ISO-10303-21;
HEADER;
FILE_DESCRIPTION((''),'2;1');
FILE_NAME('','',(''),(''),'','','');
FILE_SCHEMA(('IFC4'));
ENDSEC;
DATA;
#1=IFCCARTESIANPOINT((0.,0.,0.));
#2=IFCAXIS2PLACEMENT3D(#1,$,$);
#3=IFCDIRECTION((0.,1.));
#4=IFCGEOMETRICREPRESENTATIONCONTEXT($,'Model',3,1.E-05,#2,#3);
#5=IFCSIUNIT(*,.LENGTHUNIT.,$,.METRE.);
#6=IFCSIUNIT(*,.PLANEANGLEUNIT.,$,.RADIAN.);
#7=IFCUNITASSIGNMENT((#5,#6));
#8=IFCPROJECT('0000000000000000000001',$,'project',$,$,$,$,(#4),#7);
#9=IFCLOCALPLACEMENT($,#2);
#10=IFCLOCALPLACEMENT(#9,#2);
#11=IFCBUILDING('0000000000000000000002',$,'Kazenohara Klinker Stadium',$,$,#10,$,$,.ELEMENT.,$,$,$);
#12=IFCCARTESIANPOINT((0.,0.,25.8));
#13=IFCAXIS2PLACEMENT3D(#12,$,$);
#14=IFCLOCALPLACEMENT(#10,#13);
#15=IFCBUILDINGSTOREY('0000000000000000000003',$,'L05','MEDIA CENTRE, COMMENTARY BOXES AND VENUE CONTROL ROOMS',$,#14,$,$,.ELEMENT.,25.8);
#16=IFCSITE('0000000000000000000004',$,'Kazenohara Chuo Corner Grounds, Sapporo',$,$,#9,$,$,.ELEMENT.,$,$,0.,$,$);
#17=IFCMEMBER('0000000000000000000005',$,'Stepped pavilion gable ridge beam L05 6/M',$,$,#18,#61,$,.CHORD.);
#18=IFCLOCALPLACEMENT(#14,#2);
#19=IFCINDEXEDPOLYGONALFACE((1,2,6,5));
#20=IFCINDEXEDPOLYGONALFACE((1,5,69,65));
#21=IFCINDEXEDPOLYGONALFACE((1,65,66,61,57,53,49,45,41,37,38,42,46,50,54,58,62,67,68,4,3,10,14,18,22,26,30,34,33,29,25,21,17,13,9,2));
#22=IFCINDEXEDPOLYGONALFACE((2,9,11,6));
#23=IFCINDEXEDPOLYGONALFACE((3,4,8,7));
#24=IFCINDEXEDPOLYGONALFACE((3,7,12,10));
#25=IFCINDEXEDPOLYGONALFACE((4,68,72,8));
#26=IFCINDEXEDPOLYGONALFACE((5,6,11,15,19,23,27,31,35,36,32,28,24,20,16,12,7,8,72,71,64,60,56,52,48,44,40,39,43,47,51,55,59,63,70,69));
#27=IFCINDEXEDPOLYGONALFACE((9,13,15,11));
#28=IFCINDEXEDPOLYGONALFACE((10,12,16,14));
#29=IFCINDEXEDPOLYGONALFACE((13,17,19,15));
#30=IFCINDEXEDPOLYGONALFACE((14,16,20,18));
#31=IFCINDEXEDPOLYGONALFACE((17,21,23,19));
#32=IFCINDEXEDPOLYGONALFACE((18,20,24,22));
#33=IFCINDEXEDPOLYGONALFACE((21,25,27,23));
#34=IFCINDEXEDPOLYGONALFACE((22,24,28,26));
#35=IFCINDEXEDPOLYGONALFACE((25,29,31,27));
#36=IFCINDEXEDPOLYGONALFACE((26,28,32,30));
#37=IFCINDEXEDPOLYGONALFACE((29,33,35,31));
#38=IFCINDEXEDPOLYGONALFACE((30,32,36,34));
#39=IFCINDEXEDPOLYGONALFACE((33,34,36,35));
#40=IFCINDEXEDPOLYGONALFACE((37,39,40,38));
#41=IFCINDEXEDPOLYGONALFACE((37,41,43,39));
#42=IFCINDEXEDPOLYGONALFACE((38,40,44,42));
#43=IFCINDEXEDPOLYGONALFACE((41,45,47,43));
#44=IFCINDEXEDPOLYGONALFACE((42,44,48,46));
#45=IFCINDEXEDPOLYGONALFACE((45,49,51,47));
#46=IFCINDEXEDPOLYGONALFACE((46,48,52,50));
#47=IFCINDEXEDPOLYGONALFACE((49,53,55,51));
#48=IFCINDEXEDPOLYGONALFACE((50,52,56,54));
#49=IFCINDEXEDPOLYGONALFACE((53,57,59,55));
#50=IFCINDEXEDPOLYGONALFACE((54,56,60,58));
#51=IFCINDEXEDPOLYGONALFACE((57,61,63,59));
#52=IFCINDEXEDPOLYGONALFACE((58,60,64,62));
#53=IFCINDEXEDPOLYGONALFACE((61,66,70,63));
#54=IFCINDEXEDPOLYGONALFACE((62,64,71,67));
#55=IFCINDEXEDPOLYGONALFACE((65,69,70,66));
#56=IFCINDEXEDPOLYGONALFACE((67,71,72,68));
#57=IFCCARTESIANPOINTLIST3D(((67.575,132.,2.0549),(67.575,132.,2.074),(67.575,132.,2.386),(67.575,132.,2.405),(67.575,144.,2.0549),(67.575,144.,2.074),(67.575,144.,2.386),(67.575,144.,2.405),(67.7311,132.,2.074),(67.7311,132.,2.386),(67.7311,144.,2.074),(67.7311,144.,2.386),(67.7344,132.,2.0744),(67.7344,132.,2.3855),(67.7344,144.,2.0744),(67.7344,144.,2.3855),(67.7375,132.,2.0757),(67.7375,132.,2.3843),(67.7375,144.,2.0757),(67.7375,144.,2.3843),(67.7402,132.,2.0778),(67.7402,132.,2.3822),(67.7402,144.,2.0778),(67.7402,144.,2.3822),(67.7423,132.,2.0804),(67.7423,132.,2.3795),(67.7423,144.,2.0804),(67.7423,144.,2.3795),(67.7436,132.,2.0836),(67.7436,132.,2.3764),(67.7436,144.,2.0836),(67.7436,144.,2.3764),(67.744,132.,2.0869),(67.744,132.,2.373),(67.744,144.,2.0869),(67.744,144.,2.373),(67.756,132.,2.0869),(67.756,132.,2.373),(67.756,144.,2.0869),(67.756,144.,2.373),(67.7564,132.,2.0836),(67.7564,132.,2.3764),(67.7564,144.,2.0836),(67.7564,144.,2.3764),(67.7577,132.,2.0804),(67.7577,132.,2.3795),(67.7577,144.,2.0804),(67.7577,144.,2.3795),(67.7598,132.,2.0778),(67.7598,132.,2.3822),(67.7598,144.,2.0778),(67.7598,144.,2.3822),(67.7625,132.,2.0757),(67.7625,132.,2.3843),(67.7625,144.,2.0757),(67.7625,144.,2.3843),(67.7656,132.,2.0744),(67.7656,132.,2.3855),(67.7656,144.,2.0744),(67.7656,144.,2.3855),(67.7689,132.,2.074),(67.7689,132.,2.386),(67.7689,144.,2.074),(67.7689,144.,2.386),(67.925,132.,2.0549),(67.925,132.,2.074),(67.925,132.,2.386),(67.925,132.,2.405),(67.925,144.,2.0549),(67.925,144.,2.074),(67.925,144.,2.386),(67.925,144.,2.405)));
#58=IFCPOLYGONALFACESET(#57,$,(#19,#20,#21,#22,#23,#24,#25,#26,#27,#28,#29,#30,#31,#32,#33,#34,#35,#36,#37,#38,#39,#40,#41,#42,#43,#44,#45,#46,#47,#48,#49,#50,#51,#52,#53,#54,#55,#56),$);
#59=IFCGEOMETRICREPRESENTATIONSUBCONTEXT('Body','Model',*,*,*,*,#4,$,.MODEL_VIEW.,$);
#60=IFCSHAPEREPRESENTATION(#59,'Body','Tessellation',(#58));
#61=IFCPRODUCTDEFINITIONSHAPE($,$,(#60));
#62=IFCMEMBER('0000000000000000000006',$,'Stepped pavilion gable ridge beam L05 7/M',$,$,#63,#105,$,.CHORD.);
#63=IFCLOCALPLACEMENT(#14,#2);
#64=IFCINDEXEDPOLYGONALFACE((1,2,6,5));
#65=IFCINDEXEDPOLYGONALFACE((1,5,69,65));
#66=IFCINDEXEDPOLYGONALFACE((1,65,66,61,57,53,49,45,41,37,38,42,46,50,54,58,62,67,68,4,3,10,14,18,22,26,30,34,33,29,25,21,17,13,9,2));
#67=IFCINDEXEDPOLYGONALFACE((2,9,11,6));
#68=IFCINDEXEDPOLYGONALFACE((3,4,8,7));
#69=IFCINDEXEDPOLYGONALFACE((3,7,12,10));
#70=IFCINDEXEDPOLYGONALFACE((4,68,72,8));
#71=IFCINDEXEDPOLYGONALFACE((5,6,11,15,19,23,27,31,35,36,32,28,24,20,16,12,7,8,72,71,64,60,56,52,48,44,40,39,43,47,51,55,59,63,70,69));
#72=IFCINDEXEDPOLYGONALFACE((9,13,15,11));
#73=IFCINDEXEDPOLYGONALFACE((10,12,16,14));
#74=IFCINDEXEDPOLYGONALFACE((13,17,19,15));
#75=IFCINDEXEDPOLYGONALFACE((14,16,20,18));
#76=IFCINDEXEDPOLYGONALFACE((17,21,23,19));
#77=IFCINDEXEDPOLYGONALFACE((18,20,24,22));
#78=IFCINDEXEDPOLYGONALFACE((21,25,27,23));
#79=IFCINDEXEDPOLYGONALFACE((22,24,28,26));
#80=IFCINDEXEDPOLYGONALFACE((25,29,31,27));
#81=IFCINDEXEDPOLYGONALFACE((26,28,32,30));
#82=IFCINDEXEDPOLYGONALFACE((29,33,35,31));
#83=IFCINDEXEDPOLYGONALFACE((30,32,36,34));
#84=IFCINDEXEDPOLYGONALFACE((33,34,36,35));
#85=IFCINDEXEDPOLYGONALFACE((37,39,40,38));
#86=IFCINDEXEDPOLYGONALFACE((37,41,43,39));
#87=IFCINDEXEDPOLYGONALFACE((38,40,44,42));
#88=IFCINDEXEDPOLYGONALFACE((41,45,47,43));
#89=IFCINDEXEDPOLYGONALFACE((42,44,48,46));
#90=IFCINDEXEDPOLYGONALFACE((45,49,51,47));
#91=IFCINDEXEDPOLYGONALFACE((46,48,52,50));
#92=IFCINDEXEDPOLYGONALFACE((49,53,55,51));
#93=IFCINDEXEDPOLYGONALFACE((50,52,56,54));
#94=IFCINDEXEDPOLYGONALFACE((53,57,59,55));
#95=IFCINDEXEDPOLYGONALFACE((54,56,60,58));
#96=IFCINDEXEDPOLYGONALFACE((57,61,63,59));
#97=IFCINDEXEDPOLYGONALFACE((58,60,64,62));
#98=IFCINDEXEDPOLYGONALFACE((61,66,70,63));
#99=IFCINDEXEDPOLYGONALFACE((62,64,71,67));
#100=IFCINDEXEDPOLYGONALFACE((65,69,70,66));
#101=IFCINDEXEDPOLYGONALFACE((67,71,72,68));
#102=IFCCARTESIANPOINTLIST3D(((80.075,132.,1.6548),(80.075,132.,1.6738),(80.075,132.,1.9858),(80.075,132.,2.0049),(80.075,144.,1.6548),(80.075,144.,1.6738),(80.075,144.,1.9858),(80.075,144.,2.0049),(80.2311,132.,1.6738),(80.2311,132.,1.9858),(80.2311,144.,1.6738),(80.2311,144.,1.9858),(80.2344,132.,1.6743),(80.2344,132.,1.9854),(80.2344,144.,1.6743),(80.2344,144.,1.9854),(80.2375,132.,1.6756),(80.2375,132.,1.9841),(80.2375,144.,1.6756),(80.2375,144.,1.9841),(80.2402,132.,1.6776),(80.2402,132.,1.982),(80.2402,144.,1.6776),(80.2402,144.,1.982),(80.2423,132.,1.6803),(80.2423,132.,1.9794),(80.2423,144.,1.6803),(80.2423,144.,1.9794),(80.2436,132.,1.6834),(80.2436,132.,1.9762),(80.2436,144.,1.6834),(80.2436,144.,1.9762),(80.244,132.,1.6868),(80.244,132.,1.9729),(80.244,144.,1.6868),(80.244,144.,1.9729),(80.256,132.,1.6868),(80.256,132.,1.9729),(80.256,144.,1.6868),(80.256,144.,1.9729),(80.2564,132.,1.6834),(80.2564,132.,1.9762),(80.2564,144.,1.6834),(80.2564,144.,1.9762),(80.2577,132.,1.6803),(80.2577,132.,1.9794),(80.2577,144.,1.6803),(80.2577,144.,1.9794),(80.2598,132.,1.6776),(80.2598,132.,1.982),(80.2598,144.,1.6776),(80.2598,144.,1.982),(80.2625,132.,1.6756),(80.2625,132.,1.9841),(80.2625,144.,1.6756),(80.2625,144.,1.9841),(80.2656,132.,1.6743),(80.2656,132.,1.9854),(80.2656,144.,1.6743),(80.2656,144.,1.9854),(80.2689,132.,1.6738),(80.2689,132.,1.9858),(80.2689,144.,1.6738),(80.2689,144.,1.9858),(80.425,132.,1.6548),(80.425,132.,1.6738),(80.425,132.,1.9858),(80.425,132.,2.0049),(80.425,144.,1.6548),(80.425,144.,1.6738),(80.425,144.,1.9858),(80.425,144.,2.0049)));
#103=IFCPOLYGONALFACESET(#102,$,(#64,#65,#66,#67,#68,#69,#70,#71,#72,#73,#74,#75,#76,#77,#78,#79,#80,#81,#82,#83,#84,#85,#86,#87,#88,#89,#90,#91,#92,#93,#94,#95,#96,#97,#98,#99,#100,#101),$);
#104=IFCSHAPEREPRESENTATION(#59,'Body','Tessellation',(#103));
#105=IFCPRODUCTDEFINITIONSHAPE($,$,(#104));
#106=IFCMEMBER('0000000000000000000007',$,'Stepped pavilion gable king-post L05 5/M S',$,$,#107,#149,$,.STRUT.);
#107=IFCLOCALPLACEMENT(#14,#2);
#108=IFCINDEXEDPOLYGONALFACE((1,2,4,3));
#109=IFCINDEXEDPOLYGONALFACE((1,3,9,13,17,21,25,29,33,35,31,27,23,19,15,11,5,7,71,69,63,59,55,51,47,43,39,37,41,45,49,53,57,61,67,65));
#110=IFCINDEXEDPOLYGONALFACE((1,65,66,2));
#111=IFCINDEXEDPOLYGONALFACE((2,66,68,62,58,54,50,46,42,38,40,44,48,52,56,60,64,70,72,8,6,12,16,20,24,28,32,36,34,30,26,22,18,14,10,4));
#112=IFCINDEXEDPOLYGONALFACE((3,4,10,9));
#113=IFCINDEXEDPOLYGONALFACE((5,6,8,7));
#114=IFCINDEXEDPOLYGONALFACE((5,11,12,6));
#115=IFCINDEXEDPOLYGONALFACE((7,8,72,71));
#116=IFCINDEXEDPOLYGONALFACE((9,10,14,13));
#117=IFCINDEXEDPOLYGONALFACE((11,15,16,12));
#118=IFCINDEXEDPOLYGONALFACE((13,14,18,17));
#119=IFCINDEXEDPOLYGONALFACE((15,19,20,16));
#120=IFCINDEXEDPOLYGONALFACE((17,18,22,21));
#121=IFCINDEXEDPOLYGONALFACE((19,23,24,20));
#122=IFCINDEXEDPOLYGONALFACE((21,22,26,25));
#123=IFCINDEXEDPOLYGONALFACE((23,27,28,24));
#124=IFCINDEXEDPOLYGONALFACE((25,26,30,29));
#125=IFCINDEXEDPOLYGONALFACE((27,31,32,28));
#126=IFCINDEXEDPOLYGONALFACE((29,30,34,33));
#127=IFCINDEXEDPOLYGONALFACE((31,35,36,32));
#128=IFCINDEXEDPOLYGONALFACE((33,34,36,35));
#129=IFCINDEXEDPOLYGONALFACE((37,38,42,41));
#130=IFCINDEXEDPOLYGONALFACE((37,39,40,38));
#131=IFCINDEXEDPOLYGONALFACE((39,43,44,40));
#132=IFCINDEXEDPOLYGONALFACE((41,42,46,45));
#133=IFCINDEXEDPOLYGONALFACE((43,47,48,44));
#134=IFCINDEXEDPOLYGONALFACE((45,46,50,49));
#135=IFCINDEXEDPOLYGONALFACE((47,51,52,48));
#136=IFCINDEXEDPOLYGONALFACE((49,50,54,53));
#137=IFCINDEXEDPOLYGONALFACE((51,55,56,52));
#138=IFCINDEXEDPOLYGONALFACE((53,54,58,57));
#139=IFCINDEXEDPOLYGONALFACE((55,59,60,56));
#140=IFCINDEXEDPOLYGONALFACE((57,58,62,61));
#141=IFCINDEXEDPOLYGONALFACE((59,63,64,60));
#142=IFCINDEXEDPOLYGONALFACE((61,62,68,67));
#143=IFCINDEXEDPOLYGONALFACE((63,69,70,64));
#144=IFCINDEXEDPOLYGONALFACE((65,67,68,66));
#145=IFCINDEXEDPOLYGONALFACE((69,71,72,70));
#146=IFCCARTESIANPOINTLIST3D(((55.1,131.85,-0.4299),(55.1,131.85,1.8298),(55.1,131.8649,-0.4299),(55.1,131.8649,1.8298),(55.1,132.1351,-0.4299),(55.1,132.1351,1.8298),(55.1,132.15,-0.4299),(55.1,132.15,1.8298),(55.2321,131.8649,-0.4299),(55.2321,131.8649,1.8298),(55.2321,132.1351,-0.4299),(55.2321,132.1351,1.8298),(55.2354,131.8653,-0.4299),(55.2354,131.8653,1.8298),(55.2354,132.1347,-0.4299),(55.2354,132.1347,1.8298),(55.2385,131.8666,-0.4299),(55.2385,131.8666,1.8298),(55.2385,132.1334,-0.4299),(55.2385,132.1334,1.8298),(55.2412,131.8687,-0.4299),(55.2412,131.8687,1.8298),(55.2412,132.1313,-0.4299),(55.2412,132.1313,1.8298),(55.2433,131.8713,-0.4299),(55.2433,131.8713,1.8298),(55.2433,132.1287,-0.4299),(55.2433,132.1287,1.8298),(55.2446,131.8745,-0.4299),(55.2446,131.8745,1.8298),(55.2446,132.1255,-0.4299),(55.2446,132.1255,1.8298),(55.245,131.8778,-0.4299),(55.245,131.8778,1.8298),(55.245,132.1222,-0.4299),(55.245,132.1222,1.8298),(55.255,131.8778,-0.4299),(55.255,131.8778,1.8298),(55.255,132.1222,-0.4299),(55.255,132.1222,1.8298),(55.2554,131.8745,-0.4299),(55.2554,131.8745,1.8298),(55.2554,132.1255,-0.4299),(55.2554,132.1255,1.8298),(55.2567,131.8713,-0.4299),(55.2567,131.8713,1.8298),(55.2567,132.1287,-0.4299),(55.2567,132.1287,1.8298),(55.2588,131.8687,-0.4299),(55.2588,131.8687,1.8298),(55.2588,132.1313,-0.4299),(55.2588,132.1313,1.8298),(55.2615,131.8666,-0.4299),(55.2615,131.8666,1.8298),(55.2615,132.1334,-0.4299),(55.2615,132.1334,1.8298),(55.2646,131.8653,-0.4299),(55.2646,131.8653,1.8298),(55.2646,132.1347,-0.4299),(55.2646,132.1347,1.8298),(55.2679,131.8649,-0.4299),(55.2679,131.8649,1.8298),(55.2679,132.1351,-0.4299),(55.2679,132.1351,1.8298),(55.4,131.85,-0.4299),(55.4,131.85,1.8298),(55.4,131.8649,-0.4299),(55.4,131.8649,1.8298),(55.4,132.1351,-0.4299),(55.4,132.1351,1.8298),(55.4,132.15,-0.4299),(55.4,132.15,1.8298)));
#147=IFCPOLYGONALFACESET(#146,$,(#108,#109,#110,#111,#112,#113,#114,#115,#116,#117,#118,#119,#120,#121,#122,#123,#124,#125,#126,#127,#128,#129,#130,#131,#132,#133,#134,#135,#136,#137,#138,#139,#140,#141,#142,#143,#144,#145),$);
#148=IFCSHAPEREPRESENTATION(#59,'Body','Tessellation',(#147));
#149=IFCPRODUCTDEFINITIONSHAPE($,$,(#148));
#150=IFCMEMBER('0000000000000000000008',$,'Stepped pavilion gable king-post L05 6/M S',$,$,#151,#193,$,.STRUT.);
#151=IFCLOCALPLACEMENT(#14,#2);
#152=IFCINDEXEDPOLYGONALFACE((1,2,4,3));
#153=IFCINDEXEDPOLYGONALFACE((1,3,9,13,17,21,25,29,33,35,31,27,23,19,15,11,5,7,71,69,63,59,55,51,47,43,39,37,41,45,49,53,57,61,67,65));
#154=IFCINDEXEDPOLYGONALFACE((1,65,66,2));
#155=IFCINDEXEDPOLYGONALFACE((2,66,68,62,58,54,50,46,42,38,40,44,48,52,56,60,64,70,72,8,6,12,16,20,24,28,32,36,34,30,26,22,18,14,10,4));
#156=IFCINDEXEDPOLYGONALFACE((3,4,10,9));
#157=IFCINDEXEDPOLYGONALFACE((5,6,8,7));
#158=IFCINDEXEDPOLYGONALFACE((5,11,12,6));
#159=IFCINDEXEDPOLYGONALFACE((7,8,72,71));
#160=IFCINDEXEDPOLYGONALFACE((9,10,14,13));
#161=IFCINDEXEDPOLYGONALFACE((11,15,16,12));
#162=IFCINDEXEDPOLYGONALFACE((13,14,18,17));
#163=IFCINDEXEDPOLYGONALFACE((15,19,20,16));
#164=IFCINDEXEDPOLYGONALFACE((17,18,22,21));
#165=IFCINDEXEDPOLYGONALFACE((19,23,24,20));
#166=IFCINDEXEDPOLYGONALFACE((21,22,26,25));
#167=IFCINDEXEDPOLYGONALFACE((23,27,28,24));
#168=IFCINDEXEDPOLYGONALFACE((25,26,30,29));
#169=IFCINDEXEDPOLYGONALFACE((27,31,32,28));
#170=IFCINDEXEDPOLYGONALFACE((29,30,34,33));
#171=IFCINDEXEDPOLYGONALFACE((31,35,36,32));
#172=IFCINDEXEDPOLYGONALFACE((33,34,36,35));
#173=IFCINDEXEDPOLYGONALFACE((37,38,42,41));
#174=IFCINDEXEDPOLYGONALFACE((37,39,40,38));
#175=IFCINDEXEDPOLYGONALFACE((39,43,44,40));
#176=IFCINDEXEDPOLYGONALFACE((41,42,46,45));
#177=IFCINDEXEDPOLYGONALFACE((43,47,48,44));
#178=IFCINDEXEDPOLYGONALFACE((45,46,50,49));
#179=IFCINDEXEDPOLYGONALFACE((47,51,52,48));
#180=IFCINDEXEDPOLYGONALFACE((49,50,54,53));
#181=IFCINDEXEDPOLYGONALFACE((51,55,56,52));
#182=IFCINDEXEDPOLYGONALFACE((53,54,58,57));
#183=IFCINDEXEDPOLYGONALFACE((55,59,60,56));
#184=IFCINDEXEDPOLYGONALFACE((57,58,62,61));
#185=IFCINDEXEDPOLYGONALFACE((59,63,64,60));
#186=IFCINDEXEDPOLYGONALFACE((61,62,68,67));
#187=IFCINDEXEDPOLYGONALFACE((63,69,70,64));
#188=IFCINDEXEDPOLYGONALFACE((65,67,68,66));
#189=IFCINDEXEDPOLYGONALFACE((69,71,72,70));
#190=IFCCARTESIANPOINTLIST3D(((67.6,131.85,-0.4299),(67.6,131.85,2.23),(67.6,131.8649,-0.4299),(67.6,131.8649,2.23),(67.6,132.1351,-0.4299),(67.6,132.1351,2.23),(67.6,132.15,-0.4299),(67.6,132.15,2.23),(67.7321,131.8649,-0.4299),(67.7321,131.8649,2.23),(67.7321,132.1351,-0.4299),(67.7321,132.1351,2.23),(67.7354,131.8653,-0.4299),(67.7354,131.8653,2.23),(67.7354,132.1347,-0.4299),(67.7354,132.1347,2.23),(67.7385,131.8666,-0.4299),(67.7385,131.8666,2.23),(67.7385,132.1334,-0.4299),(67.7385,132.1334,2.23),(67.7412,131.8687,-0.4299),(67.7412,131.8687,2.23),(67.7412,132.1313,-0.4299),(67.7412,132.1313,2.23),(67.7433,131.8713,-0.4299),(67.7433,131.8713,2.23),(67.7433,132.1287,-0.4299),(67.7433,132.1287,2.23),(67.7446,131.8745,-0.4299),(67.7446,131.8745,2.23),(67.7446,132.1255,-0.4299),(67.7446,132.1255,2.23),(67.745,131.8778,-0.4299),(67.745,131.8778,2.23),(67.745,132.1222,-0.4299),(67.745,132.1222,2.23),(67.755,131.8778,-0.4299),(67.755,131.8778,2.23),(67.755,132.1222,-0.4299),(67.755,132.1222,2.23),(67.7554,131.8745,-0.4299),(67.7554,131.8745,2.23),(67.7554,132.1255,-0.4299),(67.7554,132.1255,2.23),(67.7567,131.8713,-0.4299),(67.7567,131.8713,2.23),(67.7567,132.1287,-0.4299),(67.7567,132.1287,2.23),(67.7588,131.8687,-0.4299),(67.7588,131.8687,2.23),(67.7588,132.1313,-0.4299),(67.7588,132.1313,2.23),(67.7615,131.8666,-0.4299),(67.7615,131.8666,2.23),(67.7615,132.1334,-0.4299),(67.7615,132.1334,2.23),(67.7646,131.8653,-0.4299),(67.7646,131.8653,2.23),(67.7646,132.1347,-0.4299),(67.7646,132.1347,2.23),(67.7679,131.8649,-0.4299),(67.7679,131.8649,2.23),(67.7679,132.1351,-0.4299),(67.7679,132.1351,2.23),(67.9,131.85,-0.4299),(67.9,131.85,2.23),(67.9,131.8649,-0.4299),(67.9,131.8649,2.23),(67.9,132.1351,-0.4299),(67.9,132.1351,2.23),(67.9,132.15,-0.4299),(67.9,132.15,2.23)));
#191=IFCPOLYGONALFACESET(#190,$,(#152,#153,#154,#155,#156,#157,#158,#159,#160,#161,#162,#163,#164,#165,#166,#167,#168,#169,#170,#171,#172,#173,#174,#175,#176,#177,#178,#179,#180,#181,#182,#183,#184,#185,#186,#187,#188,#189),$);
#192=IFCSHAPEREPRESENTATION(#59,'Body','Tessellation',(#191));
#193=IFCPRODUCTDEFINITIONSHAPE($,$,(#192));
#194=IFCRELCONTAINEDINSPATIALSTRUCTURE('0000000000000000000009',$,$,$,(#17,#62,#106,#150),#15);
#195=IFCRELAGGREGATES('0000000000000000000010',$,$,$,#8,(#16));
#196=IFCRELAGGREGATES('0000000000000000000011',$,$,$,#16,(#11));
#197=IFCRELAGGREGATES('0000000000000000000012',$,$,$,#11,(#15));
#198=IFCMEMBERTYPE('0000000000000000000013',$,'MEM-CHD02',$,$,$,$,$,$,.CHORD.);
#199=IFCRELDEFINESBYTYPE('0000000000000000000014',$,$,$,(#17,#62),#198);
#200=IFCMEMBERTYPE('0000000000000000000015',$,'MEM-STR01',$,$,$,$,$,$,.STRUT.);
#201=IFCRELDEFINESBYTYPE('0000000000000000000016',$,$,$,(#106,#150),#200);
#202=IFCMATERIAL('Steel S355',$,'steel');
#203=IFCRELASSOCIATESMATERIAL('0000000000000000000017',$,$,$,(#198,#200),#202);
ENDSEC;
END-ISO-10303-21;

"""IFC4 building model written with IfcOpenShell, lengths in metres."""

from ifc_helpers import new_model, si_unit, direction, frame, origin, origin_2d, place, context, subcontext, project, spatial, i_section, extrude, material, material_profile, profile_set, type_object, element, save


model = new_model("IFC4")

# Units and contexts
model_context = context("Model", 3, precision=1e-05, world=origin(), true_north=direction((0.0, 1.0)))
body_context = subcontext(model_context, "Body", "Model", "MODEL_VIEW")
ifc_project = project(units=[si_unit("LENGTHUNIT", "METRE"), si_unit("PLANEANGLEUNIT", "RADIAN")], contexts=[model_context])

# Site, building, storey
site_placement = place(None, origin())
site = spatial("IfcSite", under=ifc_project, at=site_placement, Name="Kazenohara Chuo Corner Grounds, Sapporo", CompositionType="ELEMENT", RefElevation=0.0)
building_placement = place(site_placement, origin())
building = spatial("IfcBuilding", under=site, at=building_placement, Name="Kazenohara Klinker Stadium", CompositionType="ELEMENT")
storey_placement = place(building_placement, frame((0.0, 0.0, 25.8)))
storey = spatial("IfcBuildingStorey", under=building, at=storey_placement, Name="L05", Description="MEDIA CENTRE, COMMENTARY BOXES AND VENUE CONTROL ROOMS", CompositionType="ELEMENT", Elevation=25.8)

# Shared definitions
ifc_material_1 = material(Name="Steel S355", Category="steel")

# Members
ifc_material_profile_1 = material_profile(ifc_material_1, i_section(OverallWidth=0.3501, OverallDepth=0.3501, WebThickness=0.012, FlangeThickness=0.019, FilletRadius=0.0129, at=origin_2d()), Name="H-350x350x12x19")
ifc_profile_set_1 = profile_set([ifc_material_profile_1], Name="Steel S355")
member_type_1 = type_object("IfcMemberType", Name="MEM-CHD02", PredefinedType="CHORD", material=ifc_profile_set_1)
for number, where, z_axis, x_axis, name in (
    (1, (67.75, 132.0, 2.23), (0.0, 1.0, 0.0), (-1.0, 0.0, 0.0), "Stepped pavilion gable ridge beam L05 6/M"),
    (2, (80.25, 132.0, 1.8298), (0.0, 1.0, 0.0), (-1.0, 0.0, 0.0), "Stepped pavilion gable ridge beam L05 7/M"),
):
    element("IfcMember", number, at=place(storey_placement, frame(where, z_axis=z_axis, x_axis=x_axis)), inside=storey, type_object=member_type_1, Name=name, PredefinedType="CHORD", context=body_context, shape_type="SweptSolid", body=[
        extrude(i_section(OverallWidth=0.3501, OverallDepth=0.3501, WebThickness=0.012, FlangeThickness=0.019, FilletRadius=0.0129, at=origin_2d()), origin(), (0.0, 0.0, 1.0), 12.0),
    ])
ifc_material_profile_2 = material_profile(ifc_material_1, i_section(OverallWidth=0.3, OverallDepth=0.3, WebThickness=0.01, FlangeThickness=0.0149, FilletRadius=0.0129, at=origin_2d()), Name="H-300x300x10x15")
ifc_profile_set_2 = profile_set([ifc_material_profile_2], Name="Steel S355")
member_type_2 = type_object("IfcMemberType", Name="MEM-STR01", PredefinedType="STRUT", material=ifc_profile_set_2)
member_1_placement = place(storey_placement, frame((55.25, 132.0, -0.4299), z_axis=(0.0, 0.0, 1.0), x_axis=(1.0, 0.0, 0.0)))
element("IfcMember", 3, at=member_1_placement, inside=storey, type_object=member_type_2, Name="Stepped pavilion gable king-post L05 5/M S", PredefinedType="STRUT", context=body_context, shape_type="SweptSolid", body=[
    extrude(i_section(OverallWidth=0.3, OverallDepth=0.3, WebThickness=0.01, FlangeThickness=0.0149, FilletRadius=0.0129, at=origin_2d()), origin(), (0.0, 0.0, 1.0), 2.2598),
])
member_2_placement = place(storey_placement, frame((67.75, 132.0, -0.4299), z_axis=(0.0, 0.0, 1.0), x_axis=(1.0, 0.0, 0.0)))
element("IfcMember", 4, at=member_2_placement, inside=storey, type_object=member_type_2, Name="Stepped pavilion gable king-post L05 6/M S", PredefinedType="STRUT", context=body_context, shape_type="SweptSolid", body=[
    extrude(i_section(OverallWidth=0.3, OverallDepth=0.3, WebThickness=0.01, FlangeThickness=0.0149, FilletRadius=0.0129, at=origin_2d()), origin(), (0.0, 0.0, 1.0), 2.6599),
])

save(model, "model.ifc")
